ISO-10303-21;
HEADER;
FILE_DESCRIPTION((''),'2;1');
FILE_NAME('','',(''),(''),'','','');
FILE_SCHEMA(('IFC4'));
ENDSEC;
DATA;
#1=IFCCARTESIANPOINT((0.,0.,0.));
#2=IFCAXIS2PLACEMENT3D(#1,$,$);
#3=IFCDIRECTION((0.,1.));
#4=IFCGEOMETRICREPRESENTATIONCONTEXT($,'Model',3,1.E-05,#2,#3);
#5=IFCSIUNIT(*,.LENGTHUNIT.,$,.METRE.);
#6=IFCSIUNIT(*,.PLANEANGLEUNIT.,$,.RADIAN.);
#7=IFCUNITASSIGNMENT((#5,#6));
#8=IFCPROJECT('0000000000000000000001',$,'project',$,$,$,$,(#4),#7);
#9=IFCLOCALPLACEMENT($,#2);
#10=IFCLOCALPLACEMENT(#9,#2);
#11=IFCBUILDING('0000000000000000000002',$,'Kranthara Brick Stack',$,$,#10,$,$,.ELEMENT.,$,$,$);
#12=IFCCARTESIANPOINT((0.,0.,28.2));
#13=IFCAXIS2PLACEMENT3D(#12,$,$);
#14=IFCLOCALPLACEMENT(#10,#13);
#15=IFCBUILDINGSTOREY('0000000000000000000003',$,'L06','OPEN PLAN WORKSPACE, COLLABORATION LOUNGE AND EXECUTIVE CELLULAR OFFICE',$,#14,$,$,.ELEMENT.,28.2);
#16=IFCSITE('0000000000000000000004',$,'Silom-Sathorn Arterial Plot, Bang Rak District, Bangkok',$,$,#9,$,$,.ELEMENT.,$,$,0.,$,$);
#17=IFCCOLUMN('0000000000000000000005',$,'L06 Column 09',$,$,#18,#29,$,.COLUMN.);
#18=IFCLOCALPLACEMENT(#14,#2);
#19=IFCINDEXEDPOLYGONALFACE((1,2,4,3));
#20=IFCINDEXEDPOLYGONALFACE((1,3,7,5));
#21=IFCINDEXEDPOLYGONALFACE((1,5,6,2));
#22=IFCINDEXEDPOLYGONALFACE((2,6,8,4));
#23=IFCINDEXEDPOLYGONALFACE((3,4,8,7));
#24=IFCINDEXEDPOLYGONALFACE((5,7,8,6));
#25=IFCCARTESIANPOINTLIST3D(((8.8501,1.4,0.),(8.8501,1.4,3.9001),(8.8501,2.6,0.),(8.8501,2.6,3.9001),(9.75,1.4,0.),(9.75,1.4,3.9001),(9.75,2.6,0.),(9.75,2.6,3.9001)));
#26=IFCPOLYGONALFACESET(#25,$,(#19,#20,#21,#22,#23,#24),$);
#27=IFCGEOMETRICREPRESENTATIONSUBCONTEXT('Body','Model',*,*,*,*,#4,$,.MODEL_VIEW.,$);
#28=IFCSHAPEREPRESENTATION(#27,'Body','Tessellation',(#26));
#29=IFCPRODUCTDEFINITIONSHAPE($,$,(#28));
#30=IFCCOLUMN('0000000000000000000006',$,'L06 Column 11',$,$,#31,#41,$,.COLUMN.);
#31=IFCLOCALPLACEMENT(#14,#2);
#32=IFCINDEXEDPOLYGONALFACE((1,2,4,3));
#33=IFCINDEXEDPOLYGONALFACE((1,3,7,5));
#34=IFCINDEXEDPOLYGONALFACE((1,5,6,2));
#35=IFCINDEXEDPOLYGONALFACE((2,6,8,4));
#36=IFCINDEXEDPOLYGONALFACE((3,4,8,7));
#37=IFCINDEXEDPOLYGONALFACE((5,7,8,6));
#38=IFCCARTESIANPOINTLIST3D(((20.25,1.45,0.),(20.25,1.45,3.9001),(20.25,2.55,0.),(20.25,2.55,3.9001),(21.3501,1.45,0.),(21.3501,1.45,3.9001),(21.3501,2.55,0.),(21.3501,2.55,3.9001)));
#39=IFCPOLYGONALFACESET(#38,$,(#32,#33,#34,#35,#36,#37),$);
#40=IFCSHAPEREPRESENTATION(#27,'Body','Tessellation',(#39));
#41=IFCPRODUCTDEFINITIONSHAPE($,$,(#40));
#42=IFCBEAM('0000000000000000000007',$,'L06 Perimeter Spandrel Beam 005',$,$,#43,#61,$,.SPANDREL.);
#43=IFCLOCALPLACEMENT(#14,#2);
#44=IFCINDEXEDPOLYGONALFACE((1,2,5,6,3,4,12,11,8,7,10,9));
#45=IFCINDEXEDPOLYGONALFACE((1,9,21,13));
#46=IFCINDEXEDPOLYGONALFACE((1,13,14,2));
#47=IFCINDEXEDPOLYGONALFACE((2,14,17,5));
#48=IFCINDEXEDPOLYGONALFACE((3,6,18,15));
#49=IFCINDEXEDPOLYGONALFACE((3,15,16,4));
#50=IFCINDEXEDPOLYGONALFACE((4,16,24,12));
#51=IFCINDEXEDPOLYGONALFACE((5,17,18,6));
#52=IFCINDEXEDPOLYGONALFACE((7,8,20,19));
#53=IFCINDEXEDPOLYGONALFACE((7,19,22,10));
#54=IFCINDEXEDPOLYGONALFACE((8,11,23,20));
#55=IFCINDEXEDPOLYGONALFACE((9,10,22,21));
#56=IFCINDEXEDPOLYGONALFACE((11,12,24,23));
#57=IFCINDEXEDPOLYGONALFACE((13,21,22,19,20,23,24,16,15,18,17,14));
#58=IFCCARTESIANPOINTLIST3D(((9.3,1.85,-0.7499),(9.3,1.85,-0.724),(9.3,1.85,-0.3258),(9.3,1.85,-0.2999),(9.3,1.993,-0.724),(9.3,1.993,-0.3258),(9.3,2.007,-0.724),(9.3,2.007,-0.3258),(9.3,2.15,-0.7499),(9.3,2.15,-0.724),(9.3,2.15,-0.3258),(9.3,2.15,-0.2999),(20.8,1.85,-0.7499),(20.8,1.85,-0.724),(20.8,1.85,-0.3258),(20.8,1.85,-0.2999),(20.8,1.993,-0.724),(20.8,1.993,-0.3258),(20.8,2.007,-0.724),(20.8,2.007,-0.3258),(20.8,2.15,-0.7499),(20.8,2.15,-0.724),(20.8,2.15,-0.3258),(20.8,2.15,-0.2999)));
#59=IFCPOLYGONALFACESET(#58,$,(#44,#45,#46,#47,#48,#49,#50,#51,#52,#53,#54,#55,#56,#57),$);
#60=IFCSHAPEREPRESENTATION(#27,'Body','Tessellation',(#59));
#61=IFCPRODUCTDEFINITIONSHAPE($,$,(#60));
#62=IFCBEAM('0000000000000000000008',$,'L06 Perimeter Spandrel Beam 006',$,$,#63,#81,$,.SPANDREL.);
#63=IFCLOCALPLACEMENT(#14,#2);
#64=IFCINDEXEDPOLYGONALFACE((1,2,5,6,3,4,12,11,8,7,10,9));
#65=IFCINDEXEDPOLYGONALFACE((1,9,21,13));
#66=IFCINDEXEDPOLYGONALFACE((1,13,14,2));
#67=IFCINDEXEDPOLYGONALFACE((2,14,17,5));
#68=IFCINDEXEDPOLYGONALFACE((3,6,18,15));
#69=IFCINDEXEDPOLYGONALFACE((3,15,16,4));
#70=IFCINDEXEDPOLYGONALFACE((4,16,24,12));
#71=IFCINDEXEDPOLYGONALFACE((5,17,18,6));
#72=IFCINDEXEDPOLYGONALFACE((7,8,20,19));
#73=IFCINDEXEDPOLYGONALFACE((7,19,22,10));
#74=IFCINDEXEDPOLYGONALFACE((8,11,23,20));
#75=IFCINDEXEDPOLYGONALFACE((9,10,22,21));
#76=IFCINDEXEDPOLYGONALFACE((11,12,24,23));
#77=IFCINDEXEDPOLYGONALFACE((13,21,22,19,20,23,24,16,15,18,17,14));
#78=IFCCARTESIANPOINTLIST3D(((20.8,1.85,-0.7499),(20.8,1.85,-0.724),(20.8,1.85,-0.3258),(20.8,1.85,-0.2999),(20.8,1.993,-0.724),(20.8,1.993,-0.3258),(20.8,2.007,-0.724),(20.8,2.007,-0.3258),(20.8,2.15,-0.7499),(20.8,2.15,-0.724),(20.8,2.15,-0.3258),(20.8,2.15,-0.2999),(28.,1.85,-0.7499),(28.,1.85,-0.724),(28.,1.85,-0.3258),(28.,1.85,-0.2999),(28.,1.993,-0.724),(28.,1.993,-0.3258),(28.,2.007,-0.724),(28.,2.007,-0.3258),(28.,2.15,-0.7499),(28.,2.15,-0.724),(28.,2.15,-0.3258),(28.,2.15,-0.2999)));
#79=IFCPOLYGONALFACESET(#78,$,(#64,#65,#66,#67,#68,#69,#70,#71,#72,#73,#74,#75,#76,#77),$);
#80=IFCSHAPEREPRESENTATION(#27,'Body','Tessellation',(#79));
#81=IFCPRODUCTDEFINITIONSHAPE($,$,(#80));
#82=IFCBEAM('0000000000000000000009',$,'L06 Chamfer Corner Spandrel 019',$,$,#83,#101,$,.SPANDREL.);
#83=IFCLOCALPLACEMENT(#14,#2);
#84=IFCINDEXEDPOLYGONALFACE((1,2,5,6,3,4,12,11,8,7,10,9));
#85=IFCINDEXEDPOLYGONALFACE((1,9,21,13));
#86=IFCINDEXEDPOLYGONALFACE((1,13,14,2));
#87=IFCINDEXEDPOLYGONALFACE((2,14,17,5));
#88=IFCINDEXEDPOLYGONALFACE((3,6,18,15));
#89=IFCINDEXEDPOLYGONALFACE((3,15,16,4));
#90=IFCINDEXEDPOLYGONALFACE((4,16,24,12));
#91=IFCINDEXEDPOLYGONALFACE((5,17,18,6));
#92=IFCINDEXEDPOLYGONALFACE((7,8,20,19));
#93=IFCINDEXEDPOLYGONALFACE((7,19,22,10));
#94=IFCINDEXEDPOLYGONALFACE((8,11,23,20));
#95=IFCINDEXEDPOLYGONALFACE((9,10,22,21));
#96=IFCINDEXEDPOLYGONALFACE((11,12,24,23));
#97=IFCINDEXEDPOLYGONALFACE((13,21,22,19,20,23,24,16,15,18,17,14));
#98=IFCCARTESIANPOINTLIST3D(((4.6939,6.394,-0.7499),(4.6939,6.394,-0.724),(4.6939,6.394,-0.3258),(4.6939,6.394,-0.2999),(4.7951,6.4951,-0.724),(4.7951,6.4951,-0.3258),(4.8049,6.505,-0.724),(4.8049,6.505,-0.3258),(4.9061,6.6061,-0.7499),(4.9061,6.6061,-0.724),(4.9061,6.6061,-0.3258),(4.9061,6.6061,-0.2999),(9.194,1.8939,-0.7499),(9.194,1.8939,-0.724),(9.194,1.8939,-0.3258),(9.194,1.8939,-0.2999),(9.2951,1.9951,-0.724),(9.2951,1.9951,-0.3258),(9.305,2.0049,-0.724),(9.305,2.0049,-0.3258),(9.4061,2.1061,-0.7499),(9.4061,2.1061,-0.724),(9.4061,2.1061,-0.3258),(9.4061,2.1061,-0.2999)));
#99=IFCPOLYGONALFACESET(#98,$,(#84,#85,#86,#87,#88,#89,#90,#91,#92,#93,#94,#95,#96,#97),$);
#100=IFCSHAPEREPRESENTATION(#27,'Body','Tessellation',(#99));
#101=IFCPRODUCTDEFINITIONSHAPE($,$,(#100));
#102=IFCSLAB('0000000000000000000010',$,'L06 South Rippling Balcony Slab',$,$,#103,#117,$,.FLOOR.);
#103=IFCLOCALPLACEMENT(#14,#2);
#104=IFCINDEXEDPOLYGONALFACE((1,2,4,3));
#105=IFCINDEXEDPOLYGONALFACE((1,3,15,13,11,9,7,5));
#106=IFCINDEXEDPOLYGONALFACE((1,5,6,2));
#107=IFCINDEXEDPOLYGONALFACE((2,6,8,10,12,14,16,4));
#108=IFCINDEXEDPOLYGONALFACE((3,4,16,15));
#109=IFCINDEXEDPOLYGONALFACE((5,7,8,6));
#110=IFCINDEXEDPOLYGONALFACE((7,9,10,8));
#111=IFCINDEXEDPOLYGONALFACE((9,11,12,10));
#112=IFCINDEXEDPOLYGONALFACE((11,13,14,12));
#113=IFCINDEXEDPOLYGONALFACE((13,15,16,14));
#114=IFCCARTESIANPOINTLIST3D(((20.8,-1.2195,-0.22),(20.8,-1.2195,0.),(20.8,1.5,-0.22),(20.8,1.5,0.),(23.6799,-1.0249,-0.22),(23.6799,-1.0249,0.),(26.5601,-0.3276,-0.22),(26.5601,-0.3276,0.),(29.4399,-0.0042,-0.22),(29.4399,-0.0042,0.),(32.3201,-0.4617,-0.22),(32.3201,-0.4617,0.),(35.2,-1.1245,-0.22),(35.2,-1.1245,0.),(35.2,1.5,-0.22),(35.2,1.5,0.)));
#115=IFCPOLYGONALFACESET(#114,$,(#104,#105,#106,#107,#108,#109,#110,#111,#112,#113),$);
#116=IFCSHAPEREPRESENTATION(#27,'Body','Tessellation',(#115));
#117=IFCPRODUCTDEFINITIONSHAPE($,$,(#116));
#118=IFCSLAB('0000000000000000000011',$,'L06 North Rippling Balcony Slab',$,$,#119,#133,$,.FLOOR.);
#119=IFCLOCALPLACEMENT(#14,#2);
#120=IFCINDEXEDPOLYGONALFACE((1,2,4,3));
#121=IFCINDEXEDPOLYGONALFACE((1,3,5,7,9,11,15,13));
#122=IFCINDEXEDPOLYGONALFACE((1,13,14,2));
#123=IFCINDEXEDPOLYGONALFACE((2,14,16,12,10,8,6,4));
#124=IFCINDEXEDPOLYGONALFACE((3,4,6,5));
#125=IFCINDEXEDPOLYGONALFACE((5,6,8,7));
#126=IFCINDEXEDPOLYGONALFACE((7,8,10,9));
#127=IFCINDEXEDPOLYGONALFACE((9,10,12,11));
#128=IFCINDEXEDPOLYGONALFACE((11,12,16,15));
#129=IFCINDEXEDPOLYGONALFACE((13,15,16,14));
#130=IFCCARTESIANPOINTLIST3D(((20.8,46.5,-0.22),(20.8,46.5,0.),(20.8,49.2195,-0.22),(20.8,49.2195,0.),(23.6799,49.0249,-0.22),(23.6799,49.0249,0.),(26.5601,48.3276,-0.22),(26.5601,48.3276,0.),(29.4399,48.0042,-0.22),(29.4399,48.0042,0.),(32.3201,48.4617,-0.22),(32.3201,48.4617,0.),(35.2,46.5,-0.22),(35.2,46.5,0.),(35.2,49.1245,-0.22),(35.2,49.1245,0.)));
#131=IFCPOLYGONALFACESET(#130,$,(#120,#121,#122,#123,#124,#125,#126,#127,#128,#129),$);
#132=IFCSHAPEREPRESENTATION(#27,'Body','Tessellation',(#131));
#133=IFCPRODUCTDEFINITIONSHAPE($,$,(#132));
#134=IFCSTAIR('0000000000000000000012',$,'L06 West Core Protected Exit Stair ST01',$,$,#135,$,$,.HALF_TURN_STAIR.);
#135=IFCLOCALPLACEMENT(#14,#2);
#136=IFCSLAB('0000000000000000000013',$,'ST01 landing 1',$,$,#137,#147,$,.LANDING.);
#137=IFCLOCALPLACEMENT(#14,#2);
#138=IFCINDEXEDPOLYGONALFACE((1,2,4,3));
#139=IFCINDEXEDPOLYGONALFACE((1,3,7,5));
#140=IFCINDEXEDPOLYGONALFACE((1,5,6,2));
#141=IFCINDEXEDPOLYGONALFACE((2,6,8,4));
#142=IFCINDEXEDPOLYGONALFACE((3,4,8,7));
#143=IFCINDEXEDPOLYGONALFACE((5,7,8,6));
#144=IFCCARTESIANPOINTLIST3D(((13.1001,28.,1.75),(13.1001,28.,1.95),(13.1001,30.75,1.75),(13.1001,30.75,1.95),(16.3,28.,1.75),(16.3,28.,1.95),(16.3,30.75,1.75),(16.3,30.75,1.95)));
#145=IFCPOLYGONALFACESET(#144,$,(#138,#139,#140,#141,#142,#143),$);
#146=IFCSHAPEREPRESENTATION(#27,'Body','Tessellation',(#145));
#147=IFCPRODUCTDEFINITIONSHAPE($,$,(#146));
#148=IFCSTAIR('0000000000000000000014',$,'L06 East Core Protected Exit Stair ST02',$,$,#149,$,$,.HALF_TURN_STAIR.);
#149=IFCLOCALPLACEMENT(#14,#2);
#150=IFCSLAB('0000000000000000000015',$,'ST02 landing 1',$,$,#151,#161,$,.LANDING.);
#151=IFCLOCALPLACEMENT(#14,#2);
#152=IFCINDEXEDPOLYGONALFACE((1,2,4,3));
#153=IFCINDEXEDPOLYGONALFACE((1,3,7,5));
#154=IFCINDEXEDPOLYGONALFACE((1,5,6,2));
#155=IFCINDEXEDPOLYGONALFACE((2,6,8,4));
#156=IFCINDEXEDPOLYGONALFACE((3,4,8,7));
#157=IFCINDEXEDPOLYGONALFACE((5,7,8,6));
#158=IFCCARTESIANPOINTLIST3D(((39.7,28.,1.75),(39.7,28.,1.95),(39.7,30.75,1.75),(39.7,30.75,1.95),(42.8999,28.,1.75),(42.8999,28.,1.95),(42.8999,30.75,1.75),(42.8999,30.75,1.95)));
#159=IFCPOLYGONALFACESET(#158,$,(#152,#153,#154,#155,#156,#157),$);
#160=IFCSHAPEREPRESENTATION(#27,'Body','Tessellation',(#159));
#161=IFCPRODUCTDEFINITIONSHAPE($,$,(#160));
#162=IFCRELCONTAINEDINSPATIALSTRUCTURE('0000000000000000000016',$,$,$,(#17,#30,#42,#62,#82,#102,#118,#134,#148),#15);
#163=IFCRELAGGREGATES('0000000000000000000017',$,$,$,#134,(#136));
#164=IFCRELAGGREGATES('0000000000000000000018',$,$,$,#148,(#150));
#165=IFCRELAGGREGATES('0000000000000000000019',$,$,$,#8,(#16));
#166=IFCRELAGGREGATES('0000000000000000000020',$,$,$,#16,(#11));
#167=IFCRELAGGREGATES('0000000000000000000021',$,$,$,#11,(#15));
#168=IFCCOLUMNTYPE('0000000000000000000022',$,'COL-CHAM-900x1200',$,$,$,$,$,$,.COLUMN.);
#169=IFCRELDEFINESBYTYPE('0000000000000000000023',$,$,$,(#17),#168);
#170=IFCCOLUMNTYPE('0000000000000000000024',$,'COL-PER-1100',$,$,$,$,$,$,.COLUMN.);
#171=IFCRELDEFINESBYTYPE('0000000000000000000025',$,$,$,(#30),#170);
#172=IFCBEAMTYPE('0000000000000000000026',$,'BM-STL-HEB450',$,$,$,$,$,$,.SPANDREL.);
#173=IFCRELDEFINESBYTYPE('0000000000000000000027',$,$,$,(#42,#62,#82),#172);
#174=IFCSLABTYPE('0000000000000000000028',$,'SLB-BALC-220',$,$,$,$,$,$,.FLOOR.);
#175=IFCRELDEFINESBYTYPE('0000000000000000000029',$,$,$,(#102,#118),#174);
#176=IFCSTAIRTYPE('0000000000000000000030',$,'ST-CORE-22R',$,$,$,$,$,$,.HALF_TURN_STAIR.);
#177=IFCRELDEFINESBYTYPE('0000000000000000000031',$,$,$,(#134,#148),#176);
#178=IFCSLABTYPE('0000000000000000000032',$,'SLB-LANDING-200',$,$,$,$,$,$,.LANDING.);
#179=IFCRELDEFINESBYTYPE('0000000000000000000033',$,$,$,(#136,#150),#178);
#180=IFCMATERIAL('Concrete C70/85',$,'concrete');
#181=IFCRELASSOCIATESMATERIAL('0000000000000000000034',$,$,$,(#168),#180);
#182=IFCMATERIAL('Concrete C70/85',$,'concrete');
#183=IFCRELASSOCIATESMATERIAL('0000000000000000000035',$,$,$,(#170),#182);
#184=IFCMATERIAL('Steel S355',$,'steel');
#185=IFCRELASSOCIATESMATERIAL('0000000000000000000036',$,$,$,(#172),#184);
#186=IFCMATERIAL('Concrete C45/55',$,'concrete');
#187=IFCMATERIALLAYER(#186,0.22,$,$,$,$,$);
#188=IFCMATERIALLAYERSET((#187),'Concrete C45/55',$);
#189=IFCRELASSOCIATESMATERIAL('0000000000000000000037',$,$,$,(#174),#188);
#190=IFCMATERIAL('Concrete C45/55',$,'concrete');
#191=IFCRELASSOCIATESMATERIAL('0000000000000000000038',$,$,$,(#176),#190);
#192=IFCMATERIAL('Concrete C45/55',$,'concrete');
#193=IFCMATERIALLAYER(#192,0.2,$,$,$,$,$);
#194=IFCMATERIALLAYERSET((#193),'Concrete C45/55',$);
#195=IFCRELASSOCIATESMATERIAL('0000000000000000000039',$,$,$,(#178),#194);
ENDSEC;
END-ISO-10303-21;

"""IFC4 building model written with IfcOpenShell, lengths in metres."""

from ifc_helpers import new_model, si_unit, direction, frame, origin, origin_2d, place, context, subcontext, project, spatial, polyline, rectangle, i_section, outline, extrude, material, layer, layer_set, material_profile, profile_set, type_object, element, aggregate, save


model = new_model("IFC4")

# Units and contexts
model_context = context("Model", 3, precision=1e-05, world=origin(), true_north=direction((0.0, 1.0)))
body_context = subcontext(model_context, "Body", "Model", "MODEL_VIEW")
ifc_project = project(units=[si_unit("LENGTHUNIT", "METRE"), si_unit("PLANEANGLEUNIT", "RADIAN")], contexts=[model_context])

# Site, building, storey
site_placement = place(None, origin())
site = spatial("IfcSite", under=ifc_project, at=site_placement, Name="Silom-Sathorn Arterial Plot, Bang Rak District, Bangkok", CompositionType="ELEMENT", RefElevation=0.0)
building_placement = place(site_placement, origin())
building = spatial("IfcBuilding", under=site, at=building_placement, Name="Kranthara Brick Stack", CompositionType="ELEMENT")
storey_placement = place(building_placement, frame((0.0, 0.0, 28.2)))
storey = spatial("IfcBuildingStorey", under=building, at=storey_placement, Name="L06", Description="OPEN PLAN WORKSPACE, COLLABORATION LOUNGE AND EXECUTIVE CELLULAR OFFICE", CompositionType="ELEMENT", Elevation=28.2)

# Columns
ifc_material_1 = material(Name="Concrete C70/85", Category="concrete")
ifc_material_profile_1 = material_profile(ifc_material_1, rectangle(XDim=0.8999, YDim=1.2, at=origin_2d()), Name="RC 900x1200")
ifc_profile_set_1 = profile_set([ifc_material_profile_1], Name="Concrete C70/85")
column_type_1 = type_object("IfcColumnType", Name="COL-CHAM-900x1200", PredefinedType="COLUMN", material=ifc_profile_set_1)
column_1_placement = place(storey_placement, frame((9.3, 2.0, 0.0), z_axis=(0.0, 0.0, 1.0), x_axis=(1.0, 0.0, 0.0)))
element("IfcColumn", 1, at=column_1_placement, inside=storey, type_object=column_type_1, Name="L06 Column 09", PredefinedType="COLUMN", context=body_context, shape_type="SweptSolid", body=[
    extrude(rectangle(XDim=0.8999, YDim=1.2, at=origin_2d()), origin(), (0.0, 0.0, 1.0), 3.9001),
])
ifc_material_2 = material(Name="Concrete C70/85", Category="concrete")
ifc_material_profile_2 = material_profile(ifc_material_2, rectangle(XDim=1.1001, YDim=1.1001, at=origin_2d()), Name="RC 1100x1100")
ifc_profile_set_2 = profile_set([ifc_material_profile_2], Name="Concrete C70/85")
column_type_2 = type_object("IfcColumnType", Name="COL-PER-1100", PredefinedType="COLUMN", material=ifc_profile_set_2)
column_2_placement = place(storey_placement, frame((20.8, 2.0, 0.0), z_axis=(0.0, 0.0, 1.0), x_axis=(1.0, 0.0, 0.0)))
element("IfcColumn", 2, at=column_2_placement, inside=storey, type_object=column_type_2, Name="L06 Column 11", PredefinedType="COLUMN", context=body_context, shape_type="SweptSolid", body=[
    extrude(rectangle(XDim=1.1001, YDim=1.1001, at=origin_2d()), origin(), (0.0, 0.0, 1.0), 3.9001),
])

# Beams
ifc_material_3 = material(Name="Steel S355", Category="steel")
ifc_material_profile_3 = material_profile(ifc_material_3, i_section(OverallWidth=0.3, OverallDepth=0.45, WebThickness=0.0139, FlangeThickness=0.0259, at=origin_2d()), Name="HEB 450")
ifc_profile_set_3 = profile_set([ifc_material_profile_3], Name="Steel S355")
beam_type = type_object("IfcBeamType", Name="BM-STL-HEB450", PredefinedType="SPANDREL", material=ifc_profile_set_3)
beam_1_placement = place(storey_placement, frame((9.3, 2.0, -0.5249), z_axis=(1.0, 0.0, 0.0), x_axis=(0.0, 1.0, 0.0)))
element("IfcBeam", 3, at=beam_1_placement, inside=storey, type_object=beam_type, Name="L06 Perimeter Spandrel Beam 005", PredefinedType="SPANDREL", context=body_context, shape_type="SweptSolid", body=[
    extrude(i_section(OverallWidth=0.3, OverallDepth=0.45, WebThickness=0.0139, FlangeThickness=0.0259, at=origin_2d()), origin(), (0.0, 0.0, 1.0), 11.5),
])
beam_2_placement = place(storey_placement, frame((20.8, 2.0, -0.5249), z_axis=(1.0, 0.0, 0.0), x_axis=(0.0, 1.0, 0.0)))
element("IfcBeam", 4, at=beam_2_placement, inside=storey, type_object=beam_type, Name="L06 Perimeter Spandrel Beam 006", PredefinedType="SPANDREL", context=body_context, shape_type="SweptSolid", body=[
    extrude(i_section(OverallWidth=0.3, OverallDepth=0.45, WebThickness=0.0139, FlangeThickness=0.0259, at=origin_2d()), origin(), (0.0, 0.0, 1.0), 7.2),
])
beam_3_placement = place(storey_placement, frame((9.3, 2.0, -0.5249), z_axis=(-0.707107, 0.707107, 0.0), x_axis=(-0.707107, -0.707107, 0.0)))
element("IfcBeam", 5, at=beam_3_placement, inside=storey, type_object=beam_type, Name="L06 Chamfer Corner Spandrel 019", PredefinedType="SPANDREL", context=body_context, shape_type="SweptSolid", body=[
    extrude(i_section(OverallWidth=0.3, OverallDepth=0.45, WebThickness=0.0139, FlangeThickness=0.0259, at=origin_2d()), origin(), (0.0, 0.0, 1.0), 6.364),
])

# Slabs
ifc_material_4 = material(Name="Concrete C45/55", Category="concrete")
ifc_layer_1 = layer(ifc_material_4, 0.22)
ifc_layer_set_1 = layer_set([ifc_layer_1], Name="Concrete C45/55")
slab_type_1 = type_object("IfcSlabType", Name="SLB-BALC-220", PredefinedType="FLOOR", material=ifc_layer_set_1)
slab_1_placement = place(storey_placement, frame((0.0, 0.0, -0.22)))
element("IfcSlab", 6, at=slab_1_placement, inside=storey, type_object=slab_type_1, Name="L06 South Rippling Balcony Slab", PredefinedType="FLOOR", context=body_context, shape_type="SweptSolid", body=[
    extrude(outline(polyline([(20.8, 1.5), (35.2, 1.5), (35.2, -1.1245), (32.3201, -0.4617), (29.4399, -0.0042), (26.5601, -0.3276), (23.6799, -1.0249), (20.8, -1.2195), (20.8, 1.5)])), origin(), (0.0, 0.0, 1.0), 0.22),
])
slab_2_placement = place(storey_placement, frame((0.0, 0.0, -0.22)))
element("IfcSlab", 7, at=slab_2_placement, inside=storey, type_object=slab_type_1, Name="L06 North Rippling Balcony Slab", PredefinedType="FLOOR", context=body_context, shape_type="SweptSolid", body=[
    extrude(outline(polyline([(35.2, 46.5), (20.8, 46.5), (20.8, 49.2195), (23.6799, 49.0249), (26.5601, 48.3276), (29.4399, 48.0042), (32.3201, 48.4617), (35.2, 49.1245), (35.2, 46.5)])), origin(), (0.0, 0.0, 1.0), 0.22),
])

# Stairs, slabs
ifc_material_5 = material(Name="Concrete C45/55", Category="concrete")
stair_type = type_object("IfcStairType", Name="ST-CORE-22R", PredefinedType="HALF_TURN_STAIR", material=ifc_material_5)
stair_1_placement = place(storey_placement, origin())
stair_1 = element("IfcStair", 8, at=stair_1_placement, inside=storey, type_object=stair_type, Name="L06 West Core Protected Exit Stair ST01", PredefinedType="HALF_TURN_STAIR")
ifc_material_6 = material(Name="Concrete C45/55", Category="concrete")
ifc_layer_2 = layer(ifc_material_6, 0.2)
ifc_layer_set_2 = layer_set([ifc_layer_2], Name="Concrete C45/55")
slab_type_2 = type_object("IfcSlabType", Name="SLB-LANDING-200", PredefinedType="LANDING", material=ifc_layer_set_2)
slab_3_placement = place(storey_placement, frame((0.0, 0.0, 1.75)))
slab_3 = element("IfcSlab", 9, at=slab_3_placement, type_object=slab_type_2, Name="ST01 landing 1", PredefinedType="LANDING", context=body_context, shape_type="SweptSolid", body=[
    extrude(outline(polyline([(16.3, 28.0), (16.3, 30.75), (13.1001, 30.75), (13.1001, 28.0), (16.3, 28.0)])), origin(), (0.0, 0.0, 1.0), 0.2),
])
aggregate(stair_1, [slab_3])
stair_2_placement = place(storey_placement, origin())
stair_2 = element("IfcStair", 10, at=stair_2_placement, inside=storey, type_object=stair_type, Name="L06 East Core Protected Exit Stair ST02", PredefinedType="HALF_TURN_STAIR")
slab_4_placement = place(storey_placement, frame((0.0, 0.0, 1.75)))
slab_4 = element("IfcSlab", 11, at=slab_4_placement, type_object=slab_type_2, Name="ST02 landing 1", PredefinedType="LANDING", context=body_context, shape_type="SweptSolid", body=[
    extrude(outline(polyline([(42.8999, 28.0), (42.8999, 30.75), (39.7, 30.75), (39.7, 28.0), (42.8999, 28.0)])), origin(), (0.0, 0.0, 1.0), 0.2),
])
aggregate(stair_2, [slab_4])

save(model, "model.ifc")
